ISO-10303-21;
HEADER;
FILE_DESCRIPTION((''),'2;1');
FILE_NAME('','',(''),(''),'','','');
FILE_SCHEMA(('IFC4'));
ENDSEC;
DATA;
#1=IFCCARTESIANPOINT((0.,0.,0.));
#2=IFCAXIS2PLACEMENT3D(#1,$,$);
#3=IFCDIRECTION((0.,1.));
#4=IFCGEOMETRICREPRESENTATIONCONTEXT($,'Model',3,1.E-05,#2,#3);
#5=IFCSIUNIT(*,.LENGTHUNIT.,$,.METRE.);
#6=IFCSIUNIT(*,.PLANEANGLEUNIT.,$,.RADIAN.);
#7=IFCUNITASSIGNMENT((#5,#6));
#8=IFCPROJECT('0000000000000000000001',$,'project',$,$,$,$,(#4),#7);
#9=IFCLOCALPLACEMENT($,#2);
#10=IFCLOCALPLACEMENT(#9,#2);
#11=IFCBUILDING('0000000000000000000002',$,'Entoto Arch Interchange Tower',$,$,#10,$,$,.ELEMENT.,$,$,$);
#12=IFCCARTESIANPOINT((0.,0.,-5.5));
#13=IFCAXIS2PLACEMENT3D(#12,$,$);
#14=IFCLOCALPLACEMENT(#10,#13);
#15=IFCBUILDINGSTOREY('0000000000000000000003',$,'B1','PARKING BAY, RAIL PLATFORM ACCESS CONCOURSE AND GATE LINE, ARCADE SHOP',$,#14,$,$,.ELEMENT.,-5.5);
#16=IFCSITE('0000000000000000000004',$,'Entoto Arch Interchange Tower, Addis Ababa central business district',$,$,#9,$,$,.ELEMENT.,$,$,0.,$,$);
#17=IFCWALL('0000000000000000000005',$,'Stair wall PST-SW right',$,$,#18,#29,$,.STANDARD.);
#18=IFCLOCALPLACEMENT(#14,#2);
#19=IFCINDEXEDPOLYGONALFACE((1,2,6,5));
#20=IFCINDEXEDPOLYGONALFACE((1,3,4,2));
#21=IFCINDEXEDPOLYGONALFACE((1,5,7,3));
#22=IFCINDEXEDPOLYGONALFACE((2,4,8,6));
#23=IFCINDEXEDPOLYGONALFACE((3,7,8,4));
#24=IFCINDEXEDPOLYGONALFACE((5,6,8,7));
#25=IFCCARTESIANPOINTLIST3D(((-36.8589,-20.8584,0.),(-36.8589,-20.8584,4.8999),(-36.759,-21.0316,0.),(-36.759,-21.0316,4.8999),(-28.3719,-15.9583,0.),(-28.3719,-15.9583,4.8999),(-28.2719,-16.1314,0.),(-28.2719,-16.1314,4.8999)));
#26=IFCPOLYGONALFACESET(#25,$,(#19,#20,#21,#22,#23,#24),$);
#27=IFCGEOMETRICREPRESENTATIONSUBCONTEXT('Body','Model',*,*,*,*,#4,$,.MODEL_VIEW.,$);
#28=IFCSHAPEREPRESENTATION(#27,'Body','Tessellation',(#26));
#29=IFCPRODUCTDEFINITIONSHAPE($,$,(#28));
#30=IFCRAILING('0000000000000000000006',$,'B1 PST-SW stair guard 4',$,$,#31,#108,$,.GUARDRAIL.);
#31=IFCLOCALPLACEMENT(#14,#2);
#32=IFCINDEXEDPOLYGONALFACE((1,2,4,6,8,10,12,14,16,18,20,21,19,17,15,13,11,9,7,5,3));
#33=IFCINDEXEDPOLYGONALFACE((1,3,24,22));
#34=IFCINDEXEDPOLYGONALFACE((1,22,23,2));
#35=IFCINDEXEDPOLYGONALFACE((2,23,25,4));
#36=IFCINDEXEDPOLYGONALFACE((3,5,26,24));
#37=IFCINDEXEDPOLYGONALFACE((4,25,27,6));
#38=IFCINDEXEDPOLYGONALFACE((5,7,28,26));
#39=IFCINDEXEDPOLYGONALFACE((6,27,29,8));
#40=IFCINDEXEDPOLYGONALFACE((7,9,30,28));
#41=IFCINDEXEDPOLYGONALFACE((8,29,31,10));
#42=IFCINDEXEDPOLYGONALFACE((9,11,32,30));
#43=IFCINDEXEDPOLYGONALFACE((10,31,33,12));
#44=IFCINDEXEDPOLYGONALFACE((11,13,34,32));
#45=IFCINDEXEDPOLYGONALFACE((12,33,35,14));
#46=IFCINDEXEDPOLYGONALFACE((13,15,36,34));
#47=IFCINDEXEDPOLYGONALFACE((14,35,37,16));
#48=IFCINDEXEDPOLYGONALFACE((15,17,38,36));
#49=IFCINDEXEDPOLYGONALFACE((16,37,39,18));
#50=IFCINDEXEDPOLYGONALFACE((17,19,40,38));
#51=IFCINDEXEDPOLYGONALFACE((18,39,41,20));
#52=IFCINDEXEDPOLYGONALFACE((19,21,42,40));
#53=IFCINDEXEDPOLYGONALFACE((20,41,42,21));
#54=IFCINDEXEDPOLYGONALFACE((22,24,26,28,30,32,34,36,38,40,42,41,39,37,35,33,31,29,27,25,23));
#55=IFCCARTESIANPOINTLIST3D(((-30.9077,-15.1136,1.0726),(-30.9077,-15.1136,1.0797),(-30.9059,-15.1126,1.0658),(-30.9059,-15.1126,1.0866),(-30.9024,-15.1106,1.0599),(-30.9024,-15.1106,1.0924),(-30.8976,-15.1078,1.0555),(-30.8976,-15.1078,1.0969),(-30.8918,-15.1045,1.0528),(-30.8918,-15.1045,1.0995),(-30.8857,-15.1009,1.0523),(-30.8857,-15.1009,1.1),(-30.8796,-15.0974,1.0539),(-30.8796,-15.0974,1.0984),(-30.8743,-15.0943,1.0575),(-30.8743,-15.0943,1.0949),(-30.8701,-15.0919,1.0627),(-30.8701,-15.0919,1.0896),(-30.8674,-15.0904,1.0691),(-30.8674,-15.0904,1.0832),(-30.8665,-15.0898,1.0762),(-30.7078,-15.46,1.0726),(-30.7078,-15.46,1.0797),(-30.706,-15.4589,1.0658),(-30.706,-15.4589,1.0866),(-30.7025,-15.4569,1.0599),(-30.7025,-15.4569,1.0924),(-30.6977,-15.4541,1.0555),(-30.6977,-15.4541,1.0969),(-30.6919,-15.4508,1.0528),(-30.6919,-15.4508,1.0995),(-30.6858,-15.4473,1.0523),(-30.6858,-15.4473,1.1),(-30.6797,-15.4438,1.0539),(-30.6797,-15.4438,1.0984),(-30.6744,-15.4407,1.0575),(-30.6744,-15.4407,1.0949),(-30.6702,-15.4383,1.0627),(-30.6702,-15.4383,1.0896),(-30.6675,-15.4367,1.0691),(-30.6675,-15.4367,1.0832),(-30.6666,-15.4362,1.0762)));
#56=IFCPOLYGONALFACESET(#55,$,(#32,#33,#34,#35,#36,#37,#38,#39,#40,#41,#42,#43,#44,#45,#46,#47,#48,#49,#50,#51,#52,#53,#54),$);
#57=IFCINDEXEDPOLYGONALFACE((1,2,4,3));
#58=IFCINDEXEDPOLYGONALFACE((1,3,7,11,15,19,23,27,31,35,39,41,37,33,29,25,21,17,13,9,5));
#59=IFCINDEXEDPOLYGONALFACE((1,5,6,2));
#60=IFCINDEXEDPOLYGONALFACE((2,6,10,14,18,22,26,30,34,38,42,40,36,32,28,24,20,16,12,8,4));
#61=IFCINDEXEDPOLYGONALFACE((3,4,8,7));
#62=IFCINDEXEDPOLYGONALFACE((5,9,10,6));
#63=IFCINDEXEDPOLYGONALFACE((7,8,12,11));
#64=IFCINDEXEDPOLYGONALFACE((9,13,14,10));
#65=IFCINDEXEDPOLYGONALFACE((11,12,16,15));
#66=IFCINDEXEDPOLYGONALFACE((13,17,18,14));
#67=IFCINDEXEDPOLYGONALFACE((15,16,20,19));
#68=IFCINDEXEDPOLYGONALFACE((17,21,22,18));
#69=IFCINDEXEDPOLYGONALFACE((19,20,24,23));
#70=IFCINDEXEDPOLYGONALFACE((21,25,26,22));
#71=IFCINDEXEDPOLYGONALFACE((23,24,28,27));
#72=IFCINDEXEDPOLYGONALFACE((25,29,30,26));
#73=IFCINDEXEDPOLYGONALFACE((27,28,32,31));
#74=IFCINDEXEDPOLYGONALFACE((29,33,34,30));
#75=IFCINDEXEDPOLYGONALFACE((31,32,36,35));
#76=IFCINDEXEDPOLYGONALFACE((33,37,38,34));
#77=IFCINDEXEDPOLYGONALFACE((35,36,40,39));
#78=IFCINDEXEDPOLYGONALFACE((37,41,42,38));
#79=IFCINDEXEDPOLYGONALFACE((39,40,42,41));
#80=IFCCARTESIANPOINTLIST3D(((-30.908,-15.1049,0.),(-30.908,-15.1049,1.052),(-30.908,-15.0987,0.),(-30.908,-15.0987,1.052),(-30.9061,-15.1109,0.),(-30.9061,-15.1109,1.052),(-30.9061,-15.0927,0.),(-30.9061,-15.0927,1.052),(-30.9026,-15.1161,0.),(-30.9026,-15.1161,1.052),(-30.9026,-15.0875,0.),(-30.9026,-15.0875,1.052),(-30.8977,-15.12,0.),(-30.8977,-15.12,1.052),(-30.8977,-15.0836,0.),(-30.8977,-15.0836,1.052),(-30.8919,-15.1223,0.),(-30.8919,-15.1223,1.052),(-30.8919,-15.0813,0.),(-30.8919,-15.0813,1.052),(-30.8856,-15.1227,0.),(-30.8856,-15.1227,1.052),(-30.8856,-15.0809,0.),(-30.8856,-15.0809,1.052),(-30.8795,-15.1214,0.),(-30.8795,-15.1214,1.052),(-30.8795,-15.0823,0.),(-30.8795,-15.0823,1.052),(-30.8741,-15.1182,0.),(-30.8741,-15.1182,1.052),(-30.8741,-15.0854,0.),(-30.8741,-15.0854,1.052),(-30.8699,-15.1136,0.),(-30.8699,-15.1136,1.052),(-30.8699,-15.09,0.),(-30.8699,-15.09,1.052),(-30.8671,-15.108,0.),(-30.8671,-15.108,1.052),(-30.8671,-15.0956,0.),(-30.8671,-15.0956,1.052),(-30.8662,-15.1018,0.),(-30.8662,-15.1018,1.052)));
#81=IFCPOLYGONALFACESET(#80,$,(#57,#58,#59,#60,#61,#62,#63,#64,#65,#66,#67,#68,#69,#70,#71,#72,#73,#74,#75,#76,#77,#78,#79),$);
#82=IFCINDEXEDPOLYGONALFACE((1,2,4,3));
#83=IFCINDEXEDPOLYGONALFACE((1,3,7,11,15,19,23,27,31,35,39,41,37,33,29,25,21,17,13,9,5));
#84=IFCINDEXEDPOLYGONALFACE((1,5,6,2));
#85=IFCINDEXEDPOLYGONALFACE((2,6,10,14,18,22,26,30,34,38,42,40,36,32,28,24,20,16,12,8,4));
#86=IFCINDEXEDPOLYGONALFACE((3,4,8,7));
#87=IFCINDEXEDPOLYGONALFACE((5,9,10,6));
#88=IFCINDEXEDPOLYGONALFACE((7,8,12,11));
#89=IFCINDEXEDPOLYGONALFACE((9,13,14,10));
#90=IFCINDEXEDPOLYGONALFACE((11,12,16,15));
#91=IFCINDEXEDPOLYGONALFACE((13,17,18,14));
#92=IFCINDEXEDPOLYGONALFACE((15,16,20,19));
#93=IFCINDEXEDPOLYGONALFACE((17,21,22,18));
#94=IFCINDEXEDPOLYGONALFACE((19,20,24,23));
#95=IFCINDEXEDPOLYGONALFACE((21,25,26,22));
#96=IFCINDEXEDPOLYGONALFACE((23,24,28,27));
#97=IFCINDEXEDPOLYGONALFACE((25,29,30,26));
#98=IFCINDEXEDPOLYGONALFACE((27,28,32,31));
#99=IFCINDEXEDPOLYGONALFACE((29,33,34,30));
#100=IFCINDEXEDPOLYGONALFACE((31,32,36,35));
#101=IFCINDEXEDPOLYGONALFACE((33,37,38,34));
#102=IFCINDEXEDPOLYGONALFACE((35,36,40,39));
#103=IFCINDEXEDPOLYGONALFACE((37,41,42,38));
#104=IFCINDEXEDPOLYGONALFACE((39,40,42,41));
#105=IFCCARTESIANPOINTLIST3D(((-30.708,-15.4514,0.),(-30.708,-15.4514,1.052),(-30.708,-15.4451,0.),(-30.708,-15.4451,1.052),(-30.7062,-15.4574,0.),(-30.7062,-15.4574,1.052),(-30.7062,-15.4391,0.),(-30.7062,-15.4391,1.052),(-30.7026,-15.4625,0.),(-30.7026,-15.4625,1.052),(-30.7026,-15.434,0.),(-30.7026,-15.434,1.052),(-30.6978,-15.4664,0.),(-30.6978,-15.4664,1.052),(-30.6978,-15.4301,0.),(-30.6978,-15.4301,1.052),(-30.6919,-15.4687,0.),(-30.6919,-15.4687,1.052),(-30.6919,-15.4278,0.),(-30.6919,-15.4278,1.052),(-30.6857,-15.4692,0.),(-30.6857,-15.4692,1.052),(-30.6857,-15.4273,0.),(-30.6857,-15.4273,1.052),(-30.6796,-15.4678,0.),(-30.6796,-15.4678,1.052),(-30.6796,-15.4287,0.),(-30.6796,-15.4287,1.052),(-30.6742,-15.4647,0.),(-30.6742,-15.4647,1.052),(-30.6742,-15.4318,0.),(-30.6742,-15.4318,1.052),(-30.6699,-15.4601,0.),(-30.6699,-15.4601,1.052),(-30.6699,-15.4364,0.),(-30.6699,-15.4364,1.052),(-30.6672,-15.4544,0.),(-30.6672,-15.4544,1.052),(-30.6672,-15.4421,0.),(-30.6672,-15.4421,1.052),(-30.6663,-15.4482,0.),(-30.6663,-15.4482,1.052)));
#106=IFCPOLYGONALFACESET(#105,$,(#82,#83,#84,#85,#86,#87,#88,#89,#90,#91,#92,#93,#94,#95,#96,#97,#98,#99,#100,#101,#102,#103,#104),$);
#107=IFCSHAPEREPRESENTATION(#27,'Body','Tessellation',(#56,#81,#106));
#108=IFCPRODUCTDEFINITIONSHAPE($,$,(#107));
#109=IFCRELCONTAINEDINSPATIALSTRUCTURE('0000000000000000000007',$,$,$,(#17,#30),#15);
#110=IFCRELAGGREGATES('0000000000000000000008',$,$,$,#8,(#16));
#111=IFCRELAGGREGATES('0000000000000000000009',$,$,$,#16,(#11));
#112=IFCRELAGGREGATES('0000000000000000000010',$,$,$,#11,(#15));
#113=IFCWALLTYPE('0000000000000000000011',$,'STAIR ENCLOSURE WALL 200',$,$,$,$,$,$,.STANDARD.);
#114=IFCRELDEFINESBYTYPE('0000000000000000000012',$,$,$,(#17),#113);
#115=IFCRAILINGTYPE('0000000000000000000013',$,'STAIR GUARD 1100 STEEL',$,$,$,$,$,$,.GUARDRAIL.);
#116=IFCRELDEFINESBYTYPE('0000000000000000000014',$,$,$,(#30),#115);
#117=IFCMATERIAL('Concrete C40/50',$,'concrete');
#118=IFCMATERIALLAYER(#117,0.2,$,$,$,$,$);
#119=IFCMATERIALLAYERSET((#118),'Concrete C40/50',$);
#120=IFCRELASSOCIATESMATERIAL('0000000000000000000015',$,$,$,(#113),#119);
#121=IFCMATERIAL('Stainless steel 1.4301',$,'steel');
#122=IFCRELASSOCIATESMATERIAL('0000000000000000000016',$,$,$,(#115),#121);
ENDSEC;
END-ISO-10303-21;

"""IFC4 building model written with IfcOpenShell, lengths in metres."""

from ifc_helpers import new_model, si_unit, direction, frame, frame_2d, origin, origin_2d, place, context, subcontext, project, spatial, rectangle, circle, extrude, material, layer, layer_set, type_object, element, save


model = new_model("IFC4")

# Units and contexts
model_context = context("Model", 3, precision=1e-05, world=origin(), true_north=direction((0.0, 1.0)))
body_context = subcontext(model_context, "Body", "Model", "MODEL_VIEW")
ifc_project = project(units=[si_unit("LENGTHUNIT", "METRE"), si_unit("PLANEANGLEUNIT", "RADIAN")], contexts=[model_context])

# Site, building, storey
site_placement = place(None, origin())
site = spatial("IfcSite", under=ifc_project, at=site_placement, Name="Entoto Arch Interchange Tower, Addis Ababa central business district", CompositionType="ELEMENT", RefElevation=0.0)
building_placement = place(site_placement, origin())
building = spatial("IfcBuilding", under=site, at=building_placement, Name="Entoto Arch Interchange Tower", CompositionType="ELEMENT")
storey_placement = place(building_placement, frame((0.0, 0.0, -5.5)))
storey = spatial("IfcBuildingStorey", under=building, at=storey_placement, Name="B1", Description="PARKING BAY, RAIL PLATFORM ACCESS CONCOURSE AND GATE LINE, ARCADE SHOP", CompositionType="ELEMENT", Elevation=-5.5)

# Shared definitions
ifc_material_1 = material(Name="Concrete C40/50", Category="concrete")

# Wall
ifc_layer_1 = layer(ifc_material_1, 0.2)
ifc_layer_set_1 = layer_set([ifc_layer_1], Name="Concrete C40/50")
wall_type_1 = type_object("IfcWallType", Name="STAIR ENCLOSURE WALL 200", PredefinedType="STANDARD", material=ifc_layer_set_1)
wall_1_placement = place(storey_placement, frame((-28.322, -16.0449, 0.0), z_axis=(0.0, 0.0, 1.0), x_axis=(-0.866019, -0.500011, 0.0)))
element("IfcWall", 1, at=wall_1_placement, inside=storey, type_object=wall_type_1, Name="Stair wall PST-SW right", PredefinedType="STANDARD", context=body_context, shape_type="SweptSolid", body=[
    extrude(rectangle(XDim=9.8, YDim=0.2, at=frame_2d((4.8999, 0.0))), origin(), (0.0, 0.0, 1.0), 4.8999),
])

# Railing
ifc_material_2 = material(Name="Stainless steel 1.4301", Category="steel")
railing_type = type_object("IfcRailingType", Name="STAIR GUARD 1100 STEEL", PredefinedType="GUARDRAIL", material=ifc_material_2)
railing_1_placement = place(storey_placement, frame((-30.8872, -15.1018, 0.0)))
element("IfcRailing", 2, at=railing_1_placement, inside=storey, type_object=railing_type, Name="B1 PST-SW stair guard 4", PredefinedType="GUARDRAIL", context=body_context, shape_type="SweptSolid", body=[
    extrude(circle(Radius=0.0239, at=origin_2d()), frame((0.0, 0.0, 1.0762), z_axis=(0.499881, -0.866094, 0.0), x_axis=(0.866094, 0.499881, 0.0)), (0.0, 0.0, 1.0), 0.3999),
    extrude(circle(Radius=0.021, at=origin_2d()), origin(), (0.0, 0.0, 1.0), 1.052),
    extrude(circle(Radius=0.021, at=origin_2d()), frame((0.2, -0.3464, 0.0)), (0.0, 0.0, 1.0), 1.052),
])

save(model, "model.ifc")
